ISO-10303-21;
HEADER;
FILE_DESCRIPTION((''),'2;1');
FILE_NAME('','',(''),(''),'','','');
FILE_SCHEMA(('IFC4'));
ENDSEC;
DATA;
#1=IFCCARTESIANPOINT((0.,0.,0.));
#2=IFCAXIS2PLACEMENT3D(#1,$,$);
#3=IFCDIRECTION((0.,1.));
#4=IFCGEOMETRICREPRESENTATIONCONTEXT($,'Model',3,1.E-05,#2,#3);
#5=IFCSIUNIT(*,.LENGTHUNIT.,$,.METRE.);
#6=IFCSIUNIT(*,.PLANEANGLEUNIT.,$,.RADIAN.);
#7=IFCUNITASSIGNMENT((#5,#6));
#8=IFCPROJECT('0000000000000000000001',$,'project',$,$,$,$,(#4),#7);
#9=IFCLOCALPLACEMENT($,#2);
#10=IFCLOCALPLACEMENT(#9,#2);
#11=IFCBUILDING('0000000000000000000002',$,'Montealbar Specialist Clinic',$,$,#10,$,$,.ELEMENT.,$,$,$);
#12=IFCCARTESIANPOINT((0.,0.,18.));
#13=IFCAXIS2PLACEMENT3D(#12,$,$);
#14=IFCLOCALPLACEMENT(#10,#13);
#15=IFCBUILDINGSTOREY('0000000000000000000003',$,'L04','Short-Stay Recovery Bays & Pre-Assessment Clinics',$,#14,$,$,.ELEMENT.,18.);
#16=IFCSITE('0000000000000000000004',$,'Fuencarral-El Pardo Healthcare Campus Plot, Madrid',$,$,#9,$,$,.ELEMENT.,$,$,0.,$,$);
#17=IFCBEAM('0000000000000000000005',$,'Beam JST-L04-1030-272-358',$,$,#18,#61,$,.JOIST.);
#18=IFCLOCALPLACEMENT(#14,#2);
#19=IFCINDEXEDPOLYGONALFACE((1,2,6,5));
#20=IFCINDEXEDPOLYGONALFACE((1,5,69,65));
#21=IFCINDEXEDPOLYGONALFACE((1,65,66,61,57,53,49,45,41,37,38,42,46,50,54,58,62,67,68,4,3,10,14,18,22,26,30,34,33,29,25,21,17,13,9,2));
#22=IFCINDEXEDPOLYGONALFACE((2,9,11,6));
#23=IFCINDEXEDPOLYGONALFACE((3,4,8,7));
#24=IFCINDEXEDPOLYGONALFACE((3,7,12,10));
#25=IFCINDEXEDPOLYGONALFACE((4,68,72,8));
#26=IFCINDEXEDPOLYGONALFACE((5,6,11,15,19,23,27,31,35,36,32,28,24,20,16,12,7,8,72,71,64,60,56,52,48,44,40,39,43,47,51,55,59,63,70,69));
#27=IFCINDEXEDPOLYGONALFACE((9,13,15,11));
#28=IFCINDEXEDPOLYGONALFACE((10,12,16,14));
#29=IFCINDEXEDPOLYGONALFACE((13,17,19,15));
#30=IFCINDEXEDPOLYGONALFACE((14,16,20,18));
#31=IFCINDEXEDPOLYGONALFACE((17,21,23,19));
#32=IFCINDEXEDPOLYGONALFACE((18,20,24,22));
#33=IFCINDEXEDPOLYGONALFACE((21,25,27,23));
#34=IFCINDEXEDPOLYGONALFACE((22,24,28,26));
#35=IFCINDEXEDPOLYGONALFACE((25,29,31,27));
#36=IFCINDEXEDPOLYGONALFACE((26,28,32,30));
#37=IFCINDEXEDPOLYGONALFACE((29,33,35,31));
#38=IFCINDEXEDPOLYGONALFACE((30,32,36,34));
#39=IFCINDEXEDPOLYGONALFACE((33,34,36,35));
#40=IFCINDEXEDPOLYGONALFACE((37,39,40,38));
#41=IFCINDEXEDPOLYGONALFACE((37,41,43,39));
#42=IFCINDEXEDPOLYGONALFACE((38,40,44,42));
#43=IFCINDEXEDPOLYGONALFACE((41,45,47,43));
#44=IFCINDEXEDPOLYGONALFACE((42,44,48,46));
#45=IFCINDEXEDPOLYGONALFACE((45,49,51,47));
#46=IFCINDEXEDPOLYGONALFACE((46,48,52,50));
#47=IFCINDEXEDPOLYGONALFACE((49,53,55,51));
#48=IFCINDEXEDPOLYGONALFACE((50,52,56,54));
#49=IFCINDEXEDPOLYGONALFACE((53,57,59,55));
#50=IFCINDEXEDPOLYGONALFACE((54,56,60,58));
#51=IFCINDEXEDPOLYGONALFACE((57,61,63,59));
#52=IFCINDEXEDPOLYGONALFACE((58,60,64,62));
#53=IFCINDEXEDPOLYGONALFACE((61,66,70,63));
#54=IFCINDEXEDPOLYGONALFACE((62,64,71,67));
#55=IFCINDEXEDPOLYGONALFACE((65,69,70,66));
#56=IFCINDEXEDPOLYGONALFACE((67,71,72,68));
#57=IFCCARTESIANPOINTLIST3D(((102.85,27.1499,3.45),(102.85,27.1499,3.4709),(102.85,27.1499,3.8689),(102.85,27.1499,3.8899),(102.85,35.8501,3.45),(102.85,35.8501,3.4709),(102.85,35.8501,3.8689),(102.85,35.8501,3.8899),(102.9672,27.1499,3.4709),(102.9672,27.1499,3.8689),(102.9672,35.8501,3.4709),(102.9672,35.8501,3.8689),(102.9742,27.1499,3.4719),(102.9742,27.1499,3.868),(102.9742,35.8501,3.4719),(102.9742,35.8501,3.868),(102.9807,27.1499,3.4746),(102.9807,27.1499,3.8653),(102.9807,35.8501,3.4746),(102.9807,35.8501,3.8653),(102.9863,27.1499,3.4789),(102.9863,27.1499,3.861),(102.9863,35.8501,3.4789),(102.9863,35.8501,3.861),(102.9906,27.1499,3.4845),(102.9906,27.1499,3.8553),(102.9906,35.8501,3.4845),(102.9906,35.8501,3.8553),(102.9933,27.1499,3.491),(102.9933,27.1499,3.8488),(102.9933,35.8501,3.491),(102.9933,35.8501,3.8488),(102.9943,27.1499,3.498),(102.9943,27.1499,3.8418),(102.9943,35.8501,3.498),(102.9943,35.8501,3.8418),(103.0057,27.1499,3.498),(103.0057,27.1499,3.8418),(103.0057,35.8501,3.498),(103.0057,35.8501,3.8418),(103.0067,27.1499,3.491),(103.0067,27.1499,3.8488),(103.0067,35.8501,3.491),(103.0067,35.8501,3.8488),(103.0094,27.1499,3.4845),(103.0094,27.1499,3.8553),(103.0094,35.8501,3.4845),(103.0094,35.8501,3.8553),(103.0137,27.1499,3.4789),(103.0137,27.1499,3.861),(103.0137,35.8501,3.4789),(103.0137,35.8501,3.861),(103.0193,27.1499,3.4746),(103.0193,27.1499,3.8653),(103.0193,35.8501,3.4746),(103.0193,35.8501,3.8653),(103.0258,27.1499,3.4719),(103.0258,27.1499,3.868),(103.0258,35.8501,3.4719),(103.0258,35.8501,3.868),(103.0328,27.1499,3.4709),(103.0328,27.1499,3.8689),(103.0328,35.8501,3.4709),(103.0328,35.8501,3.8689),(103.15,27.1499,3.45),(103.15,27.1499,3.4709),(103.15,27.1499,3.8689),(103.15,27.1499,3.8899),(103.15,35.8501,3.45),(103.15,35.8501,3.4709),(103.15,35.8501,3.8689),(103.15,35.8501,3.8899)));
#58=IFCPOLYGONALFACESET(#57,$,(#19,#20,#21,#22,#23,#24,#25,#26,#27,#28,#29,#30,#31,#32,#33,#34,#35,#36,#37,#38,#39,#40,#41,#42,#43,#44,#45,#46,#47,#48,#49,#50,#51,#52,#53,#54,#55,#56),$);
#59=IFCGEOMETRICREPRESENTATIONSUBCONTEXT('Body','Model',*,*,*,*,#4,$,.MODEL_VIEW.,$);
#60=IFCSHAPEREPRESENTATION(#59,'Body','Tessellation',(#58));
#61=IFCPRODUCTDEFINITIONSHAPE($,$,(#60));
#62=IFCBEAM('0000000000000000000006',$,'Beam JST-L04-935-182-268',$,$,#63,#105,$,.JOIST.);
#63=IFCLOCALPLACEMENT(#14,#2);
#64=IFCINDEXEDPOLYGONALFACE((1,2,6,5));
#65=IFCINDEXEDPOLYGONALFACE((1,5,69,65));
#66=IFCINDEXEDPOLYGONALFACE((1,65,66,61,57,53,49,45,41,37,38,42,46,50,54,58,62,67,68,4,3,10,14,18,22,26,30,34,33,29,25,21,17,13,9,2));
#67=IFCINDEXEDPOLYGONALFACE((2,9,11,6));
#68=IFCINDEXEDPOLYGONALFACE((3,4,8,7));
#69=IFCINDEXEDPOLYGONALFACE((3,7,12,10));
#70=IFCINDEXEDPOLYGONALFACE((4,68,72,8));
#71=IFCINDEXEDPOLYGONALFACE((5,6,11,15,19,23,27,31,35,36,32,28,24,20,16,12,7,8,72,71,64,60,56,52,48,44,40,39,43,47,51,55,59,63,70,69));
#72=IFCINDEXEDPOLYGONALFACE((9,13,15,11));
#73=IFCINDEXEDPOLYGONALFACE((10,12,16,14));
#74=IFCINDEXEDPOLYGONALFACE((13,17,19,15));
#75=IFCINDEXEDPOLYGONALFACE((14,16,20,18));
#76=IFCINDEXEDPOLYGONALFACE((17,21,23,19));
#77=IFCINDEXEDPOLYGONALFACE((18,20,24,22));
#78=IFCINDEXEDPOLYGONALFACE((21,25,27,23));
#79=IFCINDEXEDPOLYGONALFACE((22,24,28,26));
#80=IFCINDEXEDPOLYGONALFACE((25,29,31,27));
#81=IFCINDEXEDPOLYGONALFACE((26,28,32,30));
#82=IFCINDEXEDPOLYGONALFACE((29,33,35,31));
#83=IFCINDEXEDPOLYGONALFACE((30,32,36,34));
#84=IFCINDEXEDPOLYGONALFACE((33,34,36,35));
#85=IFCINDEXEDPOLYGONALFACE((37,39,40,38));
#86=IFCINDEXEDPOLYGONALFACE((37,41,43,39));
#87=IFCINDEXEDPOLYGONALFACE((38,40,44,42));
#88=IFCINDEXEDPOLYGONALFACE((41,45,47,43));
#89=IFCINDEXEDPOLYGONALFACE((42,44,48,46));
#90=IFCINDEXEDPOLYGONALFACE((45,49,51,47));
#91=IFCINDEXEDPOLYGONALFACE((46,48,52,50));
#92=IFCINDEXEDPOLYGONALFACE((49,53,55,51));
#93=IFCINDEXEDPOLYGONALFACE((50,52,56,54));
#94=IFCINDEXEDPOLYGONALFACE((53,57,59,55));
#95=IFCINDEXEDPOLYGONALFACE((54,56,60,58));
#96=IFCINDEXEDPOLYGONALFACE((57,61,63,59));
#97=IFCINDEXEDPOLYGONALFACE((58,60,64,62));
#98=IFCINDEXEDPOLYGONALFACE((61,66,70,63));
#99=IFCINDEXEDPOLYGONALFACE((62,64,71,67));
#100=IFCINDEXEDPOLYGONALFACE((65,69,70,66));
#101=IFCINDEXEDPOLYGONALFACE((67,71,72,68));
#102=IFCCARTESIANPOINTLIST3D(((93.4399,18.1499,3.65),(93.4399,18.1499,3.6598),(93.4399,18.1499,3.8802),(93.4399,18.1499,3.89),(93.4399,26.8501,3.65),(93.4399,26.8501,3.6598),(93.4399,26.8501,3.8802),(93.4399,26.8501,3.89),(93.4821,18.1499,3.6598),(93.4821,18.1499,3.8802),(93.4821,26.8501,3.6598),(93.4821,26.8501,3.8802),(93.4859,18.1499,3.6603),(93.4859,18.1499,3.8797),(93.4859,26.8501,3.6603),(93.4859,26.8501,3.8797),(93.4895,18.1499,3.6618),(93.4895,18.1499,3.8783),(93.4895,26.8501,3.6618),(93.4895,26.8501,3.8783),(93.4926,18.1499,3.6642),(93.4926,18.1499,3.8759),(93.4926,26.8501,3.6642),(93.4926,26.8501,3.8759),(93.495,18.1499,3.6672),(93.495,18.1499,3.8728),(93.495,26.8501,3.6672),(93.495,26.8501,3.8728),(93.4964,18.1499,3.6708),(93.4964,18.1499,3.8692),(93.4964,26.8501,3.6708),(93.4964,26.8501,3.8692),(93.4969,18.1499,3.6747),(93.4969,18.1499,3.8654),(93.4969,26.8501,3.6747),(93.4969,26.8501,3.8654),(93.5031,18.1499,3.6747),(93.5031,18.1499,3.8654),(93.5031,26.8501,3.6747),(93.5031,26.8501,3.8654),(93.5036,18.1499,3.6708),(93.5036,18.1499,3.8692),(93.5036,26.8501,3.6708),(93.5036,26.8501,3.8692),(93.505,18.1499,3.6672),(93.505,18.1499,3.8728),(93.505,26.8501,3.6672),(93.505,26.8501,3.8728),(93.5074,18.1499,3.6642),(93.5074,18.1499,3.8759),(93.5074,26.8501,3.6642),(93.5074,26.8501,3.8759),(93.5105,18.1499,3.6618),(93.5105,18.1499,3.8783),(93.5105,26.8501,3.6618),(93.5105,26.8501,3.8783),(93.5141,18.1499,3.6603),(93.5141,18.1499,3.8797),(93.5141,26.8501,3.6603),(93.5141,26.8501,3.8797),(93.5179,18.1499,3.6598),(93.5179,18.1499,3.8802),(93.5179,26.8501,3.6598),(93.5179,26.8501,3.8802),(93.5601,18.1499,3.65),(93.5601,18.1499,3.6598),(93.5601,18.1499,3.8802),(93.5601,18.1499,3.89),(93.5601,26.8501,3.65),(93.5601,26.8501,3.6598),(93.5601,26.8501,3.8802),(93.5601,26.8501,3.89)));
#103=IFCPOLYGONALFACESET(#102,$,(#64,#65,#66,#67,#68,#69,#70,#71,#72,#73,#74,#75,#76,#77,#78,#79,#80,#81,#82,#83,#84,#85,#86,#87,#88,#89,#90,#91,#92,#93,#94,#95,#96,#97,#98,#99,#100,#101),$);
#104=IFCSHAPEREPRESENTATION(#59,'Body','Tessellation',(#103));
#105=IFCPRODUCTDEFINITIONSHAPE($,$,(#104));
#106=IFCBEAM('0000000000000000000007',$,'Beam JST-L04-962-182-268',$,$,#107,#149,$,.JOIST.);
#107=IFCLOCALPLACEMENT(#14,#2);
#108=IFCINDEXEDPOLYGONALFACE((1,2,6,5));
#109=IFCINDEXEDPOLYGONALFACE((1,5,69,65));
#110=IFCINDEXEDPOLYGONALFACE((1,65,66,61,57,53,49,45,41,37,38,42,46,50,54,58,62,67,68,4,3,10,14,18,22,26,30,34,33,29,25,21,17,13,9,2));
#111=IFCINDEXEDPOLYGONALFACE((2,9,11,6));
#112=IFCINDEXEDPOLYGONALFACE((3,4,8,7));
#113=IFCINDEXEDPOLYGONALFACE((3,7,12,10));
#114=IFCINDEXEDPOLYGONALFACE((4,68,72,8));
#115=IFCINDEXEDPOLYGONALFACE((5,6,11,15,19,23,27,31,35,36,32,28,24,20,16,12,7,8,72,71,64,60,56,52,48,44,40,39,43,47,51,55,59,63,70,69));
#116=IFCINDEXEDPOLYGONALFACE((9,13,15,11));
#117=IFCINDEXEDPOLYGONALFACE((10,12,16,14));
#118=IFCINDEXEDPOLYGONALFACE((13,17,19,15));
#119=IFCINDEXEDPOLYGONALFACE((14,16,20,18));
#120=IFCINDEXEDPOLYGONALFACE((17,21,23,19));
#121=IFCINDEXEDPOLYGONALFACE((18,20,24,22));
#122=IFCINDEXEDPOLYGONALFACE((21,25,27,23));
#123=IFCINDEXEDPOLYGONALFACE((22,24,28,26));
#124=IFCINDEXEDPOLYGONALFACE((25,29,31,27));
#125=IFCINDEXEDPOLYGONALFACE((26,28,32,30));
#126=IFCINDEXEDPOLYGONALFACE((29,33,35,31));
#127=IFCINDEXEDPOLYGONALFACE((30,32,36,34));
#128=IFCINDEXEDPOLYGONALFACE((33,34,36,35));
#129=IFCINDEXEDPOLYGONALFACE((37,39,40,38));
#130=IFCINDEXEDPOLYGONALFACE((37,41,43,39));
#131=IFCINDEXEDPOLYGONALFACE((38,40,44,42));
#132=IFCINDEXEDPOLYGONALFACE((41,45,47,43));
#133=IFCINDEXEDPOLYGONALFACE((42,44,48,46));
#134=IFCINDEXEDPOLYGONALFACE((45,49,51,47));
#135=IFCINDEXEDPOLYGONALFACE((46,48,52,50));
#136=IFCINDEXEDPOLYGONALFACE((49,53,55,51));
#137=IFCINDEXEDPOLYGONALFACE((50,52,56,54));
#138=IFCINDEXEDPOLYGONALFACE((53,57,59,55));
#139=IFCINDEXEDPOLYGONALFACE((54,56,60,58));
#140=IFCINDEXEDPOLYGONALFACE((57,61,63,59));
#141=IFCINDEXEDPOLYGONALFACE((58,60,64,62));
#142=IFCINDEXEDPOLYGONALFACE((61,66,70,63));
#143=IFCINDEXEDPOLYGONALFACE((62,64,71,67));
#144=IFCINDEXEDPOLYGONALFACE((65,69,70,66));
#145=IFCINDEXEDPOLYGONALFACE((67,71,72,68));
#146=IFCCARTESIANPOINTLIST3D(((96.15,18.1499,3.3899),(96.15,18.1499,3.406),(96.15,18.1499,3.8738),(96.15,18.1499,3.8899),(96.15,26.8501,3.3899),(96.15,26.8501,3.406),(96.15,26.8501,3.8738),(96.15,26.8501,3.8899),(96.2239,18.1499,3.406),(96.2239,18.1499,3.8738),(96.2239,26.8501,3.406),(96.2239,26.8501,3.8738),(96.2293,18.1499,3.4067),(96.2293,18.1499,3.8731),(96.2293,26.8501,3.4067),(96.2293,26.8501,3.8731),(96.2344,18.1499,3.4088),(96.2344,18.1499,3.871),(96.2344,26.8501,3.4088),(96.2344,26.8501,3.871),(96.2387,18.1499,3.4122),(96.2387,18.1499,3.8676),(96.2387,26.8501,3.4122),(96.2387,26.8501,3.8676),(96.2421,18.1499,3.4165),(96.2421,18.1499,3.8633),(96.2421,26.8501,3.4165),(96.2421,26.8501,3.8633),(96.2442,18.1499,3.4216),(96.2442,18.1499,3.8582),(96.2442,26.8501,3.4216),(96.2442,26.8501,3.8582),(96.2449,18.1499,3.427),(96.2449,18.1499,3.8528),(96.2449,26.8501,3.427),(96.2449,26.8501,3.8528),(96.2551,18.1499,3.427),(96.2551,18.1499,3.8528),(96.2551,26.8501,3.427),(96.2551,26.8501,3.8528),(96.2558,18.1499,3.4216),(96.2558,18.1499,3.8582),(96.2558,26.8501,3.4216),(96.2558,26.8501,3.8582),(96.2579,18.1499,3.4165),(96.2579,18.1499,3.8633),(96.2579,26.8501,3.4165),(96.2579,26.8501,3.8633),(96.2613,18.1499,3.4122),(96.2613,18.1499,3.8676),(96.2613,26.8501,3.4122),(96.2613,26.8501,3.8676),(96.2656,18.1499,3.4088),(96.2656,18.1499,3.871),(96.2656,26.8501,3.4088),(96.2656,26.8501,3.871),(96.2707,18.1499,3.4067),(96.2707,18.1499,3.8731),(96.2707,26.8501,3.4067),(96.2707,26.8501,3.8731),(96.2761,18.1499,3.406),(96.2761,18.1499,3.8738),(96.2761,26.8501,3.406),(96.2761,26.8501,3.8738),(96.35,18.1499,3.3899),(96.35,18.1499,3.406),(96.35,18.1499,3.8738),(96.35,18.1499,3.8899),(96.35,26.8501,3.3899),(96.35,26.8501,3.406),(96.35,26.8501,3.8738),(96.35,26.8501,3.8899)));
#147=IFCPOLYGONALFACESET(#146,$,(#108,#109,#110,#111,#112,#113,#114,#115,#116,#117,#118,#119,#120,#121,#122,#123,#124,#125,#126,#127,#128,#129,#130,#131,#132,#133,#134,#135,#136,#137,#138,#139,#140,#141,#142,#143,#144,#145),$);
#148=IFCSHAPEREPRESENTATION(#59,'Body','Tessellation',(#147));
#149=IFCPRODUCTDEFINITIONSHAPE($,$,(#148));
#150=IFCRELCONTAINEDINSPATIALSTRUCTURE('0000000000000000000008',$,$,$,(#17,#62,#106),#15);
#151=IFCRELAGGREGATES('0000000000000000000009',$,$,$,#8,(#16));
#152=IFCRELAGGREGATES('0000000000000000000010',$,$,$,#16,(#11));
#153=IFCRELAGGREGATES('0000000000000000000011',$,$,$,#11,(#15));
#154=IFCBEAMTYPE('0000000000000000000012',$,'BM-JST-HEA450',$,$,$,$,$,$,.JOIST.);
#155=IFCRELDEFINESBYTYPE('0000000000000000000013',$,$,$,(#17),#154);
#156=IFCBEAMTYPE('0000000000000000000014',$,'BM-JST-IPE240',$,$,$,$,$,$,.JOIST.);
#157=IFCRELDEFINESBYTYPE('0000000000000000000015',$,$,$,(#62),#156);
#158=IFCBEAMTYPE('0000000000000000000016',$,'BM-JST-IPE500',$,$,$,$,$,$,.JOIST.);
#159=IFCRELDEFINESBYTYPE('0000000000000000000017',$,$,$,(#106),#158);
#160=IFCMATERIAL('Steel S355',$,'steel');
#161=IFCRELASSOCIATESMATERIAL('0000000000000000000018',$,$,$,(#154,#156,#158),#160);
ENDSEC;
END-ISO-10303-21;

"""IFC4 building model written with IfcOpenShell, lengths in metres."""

from ifc_helpers import new_model, si_unit, direction, frame, origin, origin_2d, place, context, subcontext, project, spatial, i_section, extrude, material, material_profile, profile_set, type_object, element, save


model = new_model("IFC4")

# Units and contexts
model_context = context("Model", 3, precision=1e-05, world=origin(), true_north=direction((0.0, 1.0)))
body_context = subcontext(model_context, "Body", "Model", "MODEL_VIEW")
ifc_project = project(units=[si_unit("LENGTHUNIT", "METRE"), si_unit("PLANEANGLEUNIT", "RADIAN")], contexts=[model_context])

# Site, building, storey
site_placement = place(None, origin())
site = spatial("IfcSite", under=ifc_project, at=site_placement, Name="Fuencarral-El Pardo Healthcare Campus Plot, Madrid", CompositionType="ELEMENT", RefElevation=0.0)
building_placement = place(site_placement, origin())
building = spatial("IfcBuilding", under=site, at=building_placement, Name="Montealbar Specialist Clinic", CompositionType="ELEMENT")
storey_placement = place(building_placement, frame((0.0, 0.0, 18.0)))
storey = spatial("IfcBuildingStorey", under=building, at=storey_placement, Name="L04", Description="Short-Stay Recovery Bays & Pre-Assessment Clinics", CompositionType="ELEMENT", Elevation=18.0)

# Shared definitions
ifc_material_1 = material(Name="Steel S355", Category="steel")

# Beams
ifc_material_profile_1 = material_profile(ifc_material_1, i_section(OverallWidth=0.3, OverallDepth=0.4399, WebThickness=0.0115, FlangeThickness=0.021, FilletRadius=0.0271, at=origin_2d()), Name="HEA 450", Category="steel")
ifc_profile_set_1 = profile_set([ifc_material_profile_1], Name="Steel S355")
beam_type_1 = type_object("IfcBeamType", Name="BM-JST-HEA450", PredefinedType="JOIST", material=ifc_profile_set_1)
beam_1_placement = place(storey_placement, frame((103.0, 27.1499, 3.6699), z_axis=(0.0, 1.0, 0.0), x_axis=(-1.0, 0.0, 0.0)))
element("IfcBeam", 1, at=beam_1_placement, inside=storey, type_object=beam_type_1, Name="Beam JST-L04-1030-272-358", PredefinedType="JOIST", context=body_context, shape_type="SweptSolid", body=[
    extrude(i_section(OverallWidth=0.3, OverallDepth=0.4399, WebThickness=0.0115, FlangeThickness=0.021, FilletRadius=0.0271, at=origin_2d()), origin(), (0.0, 0.0, 1.0), 8.7002),
])
ifc_material_profile_2 = material_profile(ifc_material_1, i_section(OverallWidth=0.1201, OverallDepth=0.24, WebThickness=0.0061, FlangeThickness=0.0098, FilletRadius=0.0149, at=origin_2d()), Name="IPE 240", Category="steel")
ifc_profile_set_2 = profile_set([ifc_material_profile_2], Name="Steel S355")
beam_type_2 = type_object("IfcBeamType", Name="BM-JST-IPE240", PredefinedType="JOIST", material=ifc_profile_set_2)
beam_2_placement = place(storey_placement, frame((93.5, 18.1499, 3.77), z_axis=(0.0, 1.0, 0.0), x_axis=(-1.0, 0.0, 0.0)))
element("IfcBeam", 2, at=beam_2_placement, inside=storey, type_object=beam_type_2, Name="Beam JST-L04-935-182-268", PredefinedType="JOIST", context=body_context, shape_type="SweptSolid", body=[
    extrude(i_section(OverallWidth=0.1201, OverallDepth=0.24, WebThickness=0.0061, FlangeThickness=0.0098, FilletRadius=0.0149, at=origin_2d()), origin(), (0.0, 0.0, 1.0), 8.7002),
])
ifc_material_profile_3 = material_profile(ifc_material_1, i_section(OverallWidth=0.2, OverallDepth=0.5, WebThickness=0.0103, FlangeThickness=0.0161, FilletRadius=0.021, at=origin_2d()), Name="IPE 500", Category="steel")
ifc_profile_set_3 = profile_set([ifc_material_profile_3], Name="Steel S355")
beam_type_3 = type_object("IfcBeamType", Name="BM-JST-IPE500", PredefinedType="JOIST", material=ifc_profile_set_3)
beam_3_placement = place(storey_placement, frame((96.25, 18.1499, 3.6399), z_axis=(0.0, 1.0, 0.0), x_axis=(-1.0, 0.0, 0.0)))
element("IfcBeam", 3, at=beam_3_placement, inside=storey, type_object=beam_type_3, Name="Beam JST-L04-962-182-268", PredefinedType="JOIST", context=body_context, shape_type="SweptSolid", body=[
    extrude(i_section(OverallWidth=0.2, OverallDepth=0.5, WebThickness=0.0103, FlangeThickness=0.0161, FilletRadius=0.021, at=origin_2d()), origin(), (0.0, 0.0, 1.0), 8.7002),
])

save(model, "model.ifc")
